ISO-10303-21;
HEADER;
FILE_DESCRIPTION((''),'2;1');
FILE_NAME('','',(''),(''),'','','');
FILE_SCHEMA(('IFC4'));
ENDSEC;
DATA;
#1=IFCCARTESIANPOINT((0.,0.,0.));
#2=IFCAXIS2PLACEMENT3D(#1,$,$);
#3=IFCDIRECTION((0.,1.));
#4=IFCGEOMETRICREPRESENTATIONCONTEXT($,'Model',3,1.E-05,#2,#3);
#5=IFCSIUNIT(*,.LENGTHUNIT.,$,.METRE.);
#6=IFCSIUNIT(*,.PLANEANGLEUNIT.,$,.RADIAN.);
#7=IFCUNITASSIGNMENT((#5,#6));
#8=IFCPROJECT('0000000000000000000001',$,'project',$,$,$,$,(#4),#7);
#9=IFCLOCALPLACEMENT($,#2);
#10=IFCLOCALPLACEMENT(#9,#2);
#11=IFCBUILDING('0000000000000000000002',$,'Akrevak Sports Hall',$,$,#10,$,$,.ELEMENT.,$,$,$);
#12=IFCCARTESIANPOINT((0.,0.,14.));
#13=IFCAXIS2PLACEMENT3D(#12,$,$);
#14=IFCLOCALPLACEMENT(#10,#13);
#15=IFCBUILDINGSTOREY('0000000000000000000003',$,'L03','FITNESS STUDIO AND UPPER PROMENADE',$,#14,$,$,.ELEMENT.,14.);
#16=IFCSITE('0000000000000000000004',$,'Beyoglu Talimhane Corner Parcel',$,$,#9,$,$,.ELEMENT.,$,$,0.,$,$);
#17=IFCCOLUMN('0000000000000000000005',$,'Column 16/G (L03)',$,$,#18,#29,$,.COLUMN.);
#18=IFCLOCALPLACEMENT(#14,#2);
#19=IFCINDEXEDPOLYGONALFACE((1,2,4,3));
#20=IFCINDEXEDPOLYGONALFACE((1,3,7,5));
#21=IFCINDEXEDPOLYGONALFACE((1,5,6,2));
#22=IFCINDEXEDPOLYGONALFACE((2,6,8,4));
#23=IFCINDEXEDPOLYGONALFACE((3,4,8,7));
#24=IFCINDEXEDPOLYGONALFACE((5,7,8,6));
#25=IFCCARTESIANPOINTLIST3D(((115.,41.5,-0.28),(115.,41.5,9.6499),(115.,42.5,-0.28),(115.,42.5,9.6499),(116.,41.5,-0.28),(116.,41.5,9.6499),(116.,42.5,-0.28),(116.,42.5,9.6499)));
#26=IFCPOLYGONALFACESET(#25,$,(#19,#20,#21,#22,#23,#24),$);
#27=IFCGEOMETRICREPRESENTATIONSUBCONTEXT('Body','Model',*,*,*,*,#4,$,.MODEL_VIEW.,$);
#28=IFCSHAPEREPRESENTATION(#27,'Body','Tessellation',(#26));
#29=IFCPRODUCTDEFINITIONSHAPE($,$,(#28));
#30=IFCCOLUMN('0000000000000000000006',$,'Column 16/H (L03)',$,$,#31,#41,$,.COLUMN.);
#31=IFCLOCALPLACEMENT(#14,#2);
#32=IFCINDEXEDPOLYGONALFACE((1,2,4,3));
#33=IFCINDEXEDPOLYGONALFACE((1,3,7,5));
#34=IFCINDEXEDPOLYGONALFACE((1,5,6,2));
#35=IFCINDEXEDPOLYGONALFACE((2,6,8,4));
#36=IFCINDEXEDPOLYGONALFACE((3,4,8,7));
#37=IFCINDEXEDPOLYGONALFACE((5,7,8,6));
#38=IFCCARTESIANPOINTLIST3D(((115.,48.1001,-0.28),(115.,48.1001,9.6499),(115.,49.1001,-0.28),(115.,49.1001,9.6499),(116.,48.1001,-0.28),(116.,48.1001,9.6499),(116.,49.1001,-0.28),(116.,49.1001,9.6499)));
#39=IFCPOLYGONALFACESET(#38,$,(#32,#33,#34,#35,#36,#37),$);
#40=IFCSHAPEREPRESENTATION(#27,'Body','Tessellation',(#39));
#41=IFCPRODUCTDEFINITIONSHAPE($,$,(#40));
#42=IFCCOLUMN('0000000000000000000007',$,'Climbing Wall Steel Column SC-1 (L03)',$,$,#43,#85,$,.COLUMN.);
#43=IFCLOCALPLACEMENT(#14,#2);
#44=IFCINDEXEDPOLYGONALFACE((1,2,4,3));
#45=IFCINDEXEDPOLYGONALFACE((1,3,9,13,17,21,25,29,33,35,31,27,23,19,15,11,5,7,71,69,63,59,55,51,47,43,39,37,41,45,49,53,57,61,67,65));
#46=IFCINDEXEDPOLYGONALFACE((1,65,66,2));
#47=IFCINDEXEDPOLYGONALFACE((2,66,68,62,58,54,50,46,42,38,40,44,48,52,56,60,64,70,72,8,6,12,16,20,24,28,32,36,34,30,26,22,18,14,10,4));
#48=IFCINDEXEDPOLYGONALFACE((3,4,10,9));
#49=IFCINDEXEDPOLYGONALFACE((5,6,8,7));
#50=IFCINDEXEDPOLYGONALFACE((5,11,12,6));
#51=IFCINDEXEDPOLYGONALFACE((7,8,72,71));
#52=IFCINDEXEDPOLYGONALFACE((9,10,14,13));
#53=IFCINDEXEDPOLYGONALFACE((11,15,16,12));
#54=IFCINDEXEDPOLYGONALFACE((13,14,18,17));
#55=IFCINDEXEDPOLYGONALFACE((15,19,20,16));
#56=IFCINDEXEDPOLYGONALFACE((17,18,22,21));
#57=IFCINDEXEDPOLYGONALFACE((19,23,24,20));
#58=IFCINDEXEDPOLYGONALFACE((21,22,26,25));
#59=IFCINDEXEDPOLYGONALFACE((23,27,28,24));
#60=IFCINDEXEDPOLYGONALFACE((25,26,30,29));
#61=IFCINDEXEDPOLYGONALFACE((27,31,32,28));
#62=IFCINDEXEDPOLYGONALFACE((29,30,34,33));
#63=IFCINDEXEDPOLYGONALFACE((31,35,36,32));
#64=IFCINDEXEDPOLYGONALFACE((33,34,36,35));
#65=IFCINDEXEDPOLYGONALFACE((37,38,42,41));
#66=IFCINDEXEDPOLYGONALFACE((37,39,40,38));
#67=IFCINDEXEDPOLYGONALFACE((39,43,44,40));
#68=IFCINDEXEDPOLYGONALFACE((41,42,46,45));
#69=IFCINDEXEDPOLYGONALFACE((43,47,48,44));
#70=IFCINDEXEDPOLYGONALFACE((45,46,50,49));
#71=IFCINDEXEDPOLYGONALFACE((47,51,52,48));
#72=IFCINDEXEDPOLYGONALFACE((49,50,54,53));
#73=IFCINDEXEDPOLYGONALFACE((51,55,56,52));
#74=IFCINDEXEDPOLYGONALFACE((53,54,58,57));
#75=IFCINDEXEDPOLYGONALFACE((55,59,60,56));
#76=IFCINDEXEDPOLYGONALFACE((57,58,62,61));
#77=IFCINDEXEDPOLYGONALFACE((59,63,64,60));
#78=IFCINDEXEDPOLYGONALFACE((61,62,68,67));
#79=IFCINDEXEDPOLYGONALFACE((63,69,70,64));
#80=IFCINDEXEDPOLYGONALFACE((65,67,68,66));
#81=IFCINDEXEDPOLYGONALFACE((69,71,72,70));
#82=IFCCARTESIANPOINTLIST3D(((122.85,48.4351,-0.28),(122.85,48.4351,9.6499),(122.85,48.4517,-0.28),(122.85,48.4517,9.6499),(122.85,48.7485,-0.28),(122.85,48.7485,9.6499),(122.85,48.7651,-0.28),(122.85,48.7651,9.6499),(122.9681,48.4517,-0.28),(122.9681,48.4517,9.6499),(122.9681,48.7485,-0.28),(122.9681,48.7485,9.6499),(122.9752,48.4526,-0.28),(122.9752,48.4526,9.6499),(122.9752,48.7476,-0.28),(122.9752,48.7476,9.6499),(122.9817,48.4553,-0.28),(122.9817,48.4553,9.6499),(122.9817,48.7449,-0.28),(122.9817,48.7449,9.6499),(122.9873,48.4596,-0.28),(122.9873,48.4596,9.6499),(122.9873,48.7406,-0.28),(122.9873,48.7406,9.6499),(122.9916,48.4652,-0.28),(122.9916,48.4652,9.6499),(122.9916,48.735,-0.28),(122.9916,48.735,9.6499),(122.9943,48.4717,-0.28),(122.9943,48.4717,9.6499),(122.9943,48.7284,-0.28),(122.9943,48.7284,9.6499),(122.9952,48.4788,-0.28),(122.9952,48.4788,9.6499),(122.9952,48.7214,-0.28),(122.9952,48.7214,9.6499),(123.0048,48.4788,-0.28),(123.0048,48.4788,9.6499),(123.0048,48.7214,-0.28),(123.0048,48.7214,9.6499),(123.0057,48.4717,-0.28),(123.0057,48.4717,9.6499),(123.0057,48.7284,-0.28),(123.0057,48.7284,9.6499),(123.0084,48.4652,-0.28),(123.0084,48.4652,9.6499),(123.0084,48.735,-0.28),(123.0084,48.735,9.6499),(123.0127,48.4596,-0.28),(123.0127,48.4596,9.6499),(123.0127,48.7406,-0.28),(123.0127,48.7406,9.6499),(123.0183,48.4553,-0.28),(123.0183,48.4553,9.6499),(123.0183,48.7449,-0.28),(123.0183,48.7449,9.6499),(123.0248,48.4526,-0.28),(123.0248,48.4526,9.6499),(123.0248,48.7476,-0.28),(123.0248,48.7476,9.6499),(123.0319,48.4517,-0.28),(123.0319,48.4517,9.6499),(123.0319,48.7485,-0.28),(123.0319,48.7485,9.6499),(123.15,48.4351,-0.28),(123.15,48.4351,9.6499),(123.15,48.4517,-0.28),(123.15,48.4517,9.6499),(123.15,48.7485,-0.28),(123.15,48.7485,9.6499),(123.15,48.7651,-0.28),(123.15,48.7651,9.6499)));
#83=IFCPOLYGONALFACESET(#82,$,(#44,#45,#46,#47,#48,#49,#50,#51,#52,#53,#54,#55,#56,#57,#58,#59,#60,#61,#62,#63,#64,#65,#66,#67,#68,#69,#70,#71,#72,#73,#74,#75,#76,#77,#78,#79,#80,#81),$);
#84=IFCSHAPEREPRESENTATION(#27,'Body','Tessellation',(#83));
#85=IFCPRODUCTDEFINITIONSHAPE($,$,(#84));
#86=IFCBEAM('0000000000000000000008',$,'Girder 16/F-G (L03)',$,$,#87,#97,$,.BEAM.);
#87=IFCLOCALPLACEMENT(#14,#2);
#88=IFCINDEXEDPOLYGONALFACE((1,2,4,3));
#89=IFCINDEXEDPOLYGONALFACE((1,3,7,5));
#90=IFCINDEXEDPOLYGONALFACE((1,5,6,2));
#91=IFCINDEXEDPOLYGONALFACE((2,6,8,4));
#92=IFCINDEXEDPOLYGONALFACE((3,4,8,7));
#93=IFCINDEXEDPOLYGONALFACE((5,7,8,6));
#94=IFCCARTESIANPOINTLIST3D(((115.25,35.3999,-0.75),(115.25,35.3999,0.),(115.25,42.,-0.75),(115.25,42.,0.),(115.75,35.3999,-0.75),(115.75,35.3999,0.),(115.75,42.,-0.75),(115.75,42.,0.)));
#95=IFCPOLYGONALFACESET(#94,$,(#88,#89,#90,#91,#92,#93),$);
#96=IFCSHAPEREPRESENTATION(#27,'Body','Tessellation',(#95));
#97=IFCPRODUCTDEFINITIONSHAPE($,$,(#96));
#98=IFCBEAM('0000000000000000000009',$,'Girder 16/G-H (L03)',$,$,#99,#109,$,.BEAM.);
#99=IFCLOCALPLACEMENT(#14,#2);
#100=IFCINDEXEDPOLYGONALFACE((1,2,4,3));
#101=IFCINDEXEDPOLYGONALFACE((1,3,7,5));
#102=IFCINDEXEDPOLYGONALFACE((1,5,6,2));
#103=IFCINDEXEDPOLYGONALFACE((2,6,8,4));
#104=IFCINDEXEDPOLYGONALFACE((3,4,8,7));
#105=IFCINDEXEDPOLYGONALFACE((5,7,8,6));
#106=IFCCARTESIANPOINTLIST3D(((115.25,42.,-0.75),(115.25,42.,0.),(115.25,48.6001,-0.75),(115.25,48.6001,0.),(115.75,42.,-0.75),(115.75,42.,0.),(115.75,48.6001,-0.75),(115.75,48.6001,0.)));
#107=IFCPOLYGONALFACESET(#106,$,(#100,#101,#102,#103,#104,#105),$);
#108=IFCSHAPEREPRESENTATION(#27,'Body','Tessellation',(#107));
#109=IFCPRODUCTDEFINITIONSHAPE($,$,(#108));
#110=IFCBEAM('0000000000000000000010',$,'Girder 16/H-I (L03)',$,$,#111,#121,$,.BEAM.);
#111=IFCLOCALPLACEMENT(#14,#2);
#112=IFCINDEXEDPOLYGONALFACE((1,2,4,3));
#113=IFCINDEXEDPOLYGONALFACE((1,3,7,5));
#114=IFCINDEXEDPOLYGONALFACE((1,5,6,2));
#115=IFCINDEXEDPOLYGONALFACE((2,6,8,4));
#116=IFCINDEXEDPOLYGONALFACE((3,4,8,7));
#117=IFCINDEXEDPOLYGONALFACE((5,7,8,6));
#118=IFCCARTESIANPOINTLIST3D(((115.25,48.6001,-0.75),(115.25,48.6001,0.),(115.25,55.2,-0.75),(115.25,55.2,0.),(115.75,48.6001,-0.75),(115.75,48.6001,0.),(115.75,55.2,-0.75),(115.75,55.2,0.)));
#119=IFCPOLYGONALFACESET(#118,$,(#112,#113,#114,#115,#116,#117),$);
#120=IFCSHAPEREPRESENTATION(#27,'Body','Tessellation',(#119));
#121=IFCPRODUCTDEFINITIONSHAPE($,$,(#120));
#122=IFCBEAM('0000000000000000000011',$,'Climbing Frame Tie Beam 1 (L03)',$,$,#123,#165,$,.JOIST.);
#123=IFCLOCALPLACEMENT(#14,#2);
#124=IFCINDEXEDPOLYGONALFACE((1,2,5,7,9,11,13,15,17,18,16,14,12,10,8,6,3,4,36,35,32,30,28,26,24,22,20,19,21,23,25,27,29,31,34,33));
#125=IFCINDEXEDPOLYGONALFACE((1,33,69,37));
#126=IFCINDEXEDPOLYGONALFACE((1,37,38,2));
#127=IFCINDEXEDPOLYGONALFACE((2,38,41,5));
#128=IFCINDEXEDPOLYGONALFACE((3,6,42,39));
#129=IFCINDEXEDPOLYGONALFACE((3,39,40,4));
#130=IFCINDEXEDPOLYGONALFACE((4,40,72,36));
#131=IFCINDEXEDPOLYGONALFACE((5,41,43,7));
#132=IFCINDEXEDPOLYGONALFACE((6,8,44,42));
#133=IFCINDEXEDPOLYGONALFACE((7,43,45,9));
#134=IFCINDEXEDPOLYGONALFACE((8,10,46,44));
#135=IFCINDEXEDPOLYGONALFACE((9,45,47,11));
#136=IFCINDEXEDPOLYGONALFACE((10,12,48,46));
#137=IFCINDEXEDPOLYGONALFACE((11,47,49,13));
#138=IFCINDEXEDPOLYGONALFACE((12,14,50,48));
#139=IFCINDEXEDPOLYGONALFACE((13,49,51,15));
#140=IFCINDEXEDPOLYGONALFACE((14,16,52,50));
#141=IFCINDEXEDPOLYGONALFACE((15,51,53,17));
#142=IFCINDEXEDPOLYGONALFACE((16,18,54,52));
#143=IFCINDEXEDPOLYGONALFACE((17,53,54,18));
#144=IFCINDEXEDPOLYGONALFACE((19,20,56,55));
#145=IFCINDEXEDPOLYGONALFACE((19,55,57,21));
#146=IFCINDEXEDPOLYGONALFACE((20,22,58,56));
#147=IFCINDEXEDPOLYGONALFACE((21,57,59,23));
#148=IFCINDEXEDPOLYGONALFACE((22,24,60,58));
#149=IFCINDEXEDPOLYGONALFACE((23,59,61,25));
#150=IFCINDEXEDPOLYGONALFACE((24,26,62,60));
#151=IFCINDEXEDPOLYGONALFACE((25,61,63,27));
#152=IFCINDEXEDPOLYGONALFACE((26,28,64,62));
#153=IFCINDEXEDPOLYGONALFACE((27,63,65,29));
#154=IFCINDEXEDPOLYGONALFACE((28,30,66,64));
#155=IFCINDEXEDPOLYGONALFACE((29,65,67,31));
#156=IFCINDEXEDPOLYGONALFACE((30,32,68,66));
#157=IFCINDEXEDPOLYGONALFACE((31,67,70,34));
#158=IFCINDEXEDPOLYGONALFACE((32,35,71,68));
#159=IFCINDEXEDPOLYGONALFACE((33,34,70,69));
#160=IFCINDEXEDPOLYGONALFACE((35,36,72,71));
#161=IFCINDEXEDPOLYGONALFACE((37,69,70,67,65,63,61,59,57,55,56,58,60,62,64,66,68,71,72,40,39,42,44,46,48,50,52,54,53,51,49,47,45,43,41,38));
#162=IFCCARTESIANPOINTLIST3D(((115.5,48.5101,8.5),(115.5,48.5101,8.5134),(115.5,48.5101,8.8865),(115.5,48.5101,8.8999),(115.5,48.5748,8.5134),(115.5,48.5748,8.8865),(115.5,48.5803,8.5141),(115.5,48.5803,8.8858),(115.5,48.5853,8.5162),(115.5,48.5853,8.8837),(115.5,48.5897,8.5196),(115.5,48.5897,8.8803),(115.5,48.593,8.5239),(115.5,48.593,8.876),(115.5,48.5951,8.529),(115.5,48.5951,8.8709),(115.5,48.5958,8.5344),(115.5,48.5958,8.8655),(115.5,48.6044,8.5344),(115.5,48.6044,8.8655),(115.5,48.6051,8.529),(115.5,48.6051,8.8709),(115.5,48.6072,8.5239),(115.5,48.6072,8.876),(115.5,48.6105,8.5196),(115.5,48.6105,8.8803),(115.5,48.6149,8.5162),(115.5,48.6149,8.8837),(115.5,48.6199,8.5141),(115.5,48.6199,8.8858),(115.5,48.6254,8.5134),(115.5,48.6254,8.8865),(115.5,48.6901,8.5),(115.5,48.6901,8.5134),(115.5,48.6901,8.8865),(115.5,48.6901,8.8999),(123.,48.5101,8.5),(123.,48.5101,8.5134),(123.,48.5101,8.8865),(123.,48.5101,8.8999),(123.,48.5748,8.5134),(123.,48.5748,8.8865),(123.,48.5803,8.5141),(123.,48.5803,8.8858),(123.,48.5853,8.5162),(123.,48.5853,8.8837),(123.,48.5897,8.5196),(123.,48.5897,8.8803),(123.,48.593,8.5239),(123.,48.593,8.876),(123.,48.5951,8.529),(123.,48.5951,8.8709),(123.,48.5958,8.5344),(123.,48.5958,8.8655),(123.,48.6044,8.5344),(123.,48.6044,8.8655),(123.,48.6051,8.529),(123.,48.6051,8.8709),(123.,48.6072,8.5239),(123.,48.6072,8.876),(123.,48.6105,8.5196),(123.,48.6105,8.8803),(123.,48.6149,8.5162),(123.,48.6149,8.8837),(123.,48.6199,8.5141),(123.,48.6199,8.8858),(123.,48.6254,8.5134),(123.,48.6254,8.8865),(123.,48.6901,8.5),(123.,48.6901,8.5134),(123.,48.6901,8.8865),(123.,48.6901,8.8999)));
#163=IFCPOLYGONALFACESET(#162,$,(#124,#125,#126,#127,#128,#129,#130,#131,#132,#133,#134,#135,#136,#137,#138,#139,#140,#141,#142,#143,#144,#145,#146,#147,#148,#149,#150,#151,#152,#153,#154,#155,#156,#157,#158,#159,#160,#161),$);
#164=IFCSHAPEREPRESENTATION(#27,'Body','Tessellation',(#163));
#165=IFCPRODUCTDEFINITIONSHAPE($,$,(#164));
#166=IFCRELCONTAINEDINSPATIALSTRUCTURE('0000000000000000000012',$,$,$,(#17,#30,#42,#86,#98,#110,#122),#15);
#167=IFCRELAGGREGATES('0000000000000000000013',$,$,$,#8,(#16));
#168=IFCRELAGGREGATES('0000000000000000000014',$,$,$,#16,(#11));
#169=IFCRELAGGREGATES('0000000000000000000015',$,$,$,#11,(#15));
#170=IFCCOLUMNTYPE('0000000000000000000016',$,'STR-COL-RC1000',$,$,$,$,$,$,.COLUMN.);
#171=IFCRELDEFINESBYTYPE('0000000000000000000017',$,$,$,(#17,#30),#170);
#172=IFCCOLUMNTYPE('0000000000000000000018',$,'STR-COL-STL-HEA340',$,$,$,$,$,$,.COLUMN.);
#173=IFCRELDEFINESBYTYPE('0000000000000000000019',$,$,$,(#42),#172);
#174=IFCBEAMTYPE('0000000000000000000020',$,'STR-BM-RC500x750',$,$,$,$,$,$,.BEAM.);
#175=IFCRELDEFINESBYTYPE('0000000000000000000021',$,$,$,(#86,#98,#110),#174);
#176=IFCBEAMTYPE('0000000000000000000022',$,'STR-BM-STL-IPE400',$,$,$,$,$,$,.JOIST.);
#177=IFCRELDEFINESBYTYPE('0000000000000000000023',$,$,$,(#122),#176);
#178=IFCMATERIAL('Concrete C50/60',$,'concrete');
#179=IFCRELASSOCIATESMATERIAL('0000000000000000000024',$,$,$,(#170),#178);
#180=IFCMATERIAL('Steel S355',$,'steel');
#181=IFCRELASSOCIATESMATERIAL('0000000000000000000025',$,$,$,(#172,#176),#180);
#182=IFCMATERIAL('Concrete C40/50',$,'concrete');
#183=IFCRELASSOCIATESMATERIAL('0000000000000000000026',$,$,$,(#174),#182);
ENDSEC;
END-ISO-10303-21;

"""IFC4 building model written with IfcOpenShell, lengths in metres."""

from ifc_helpers import new_model, si_unit, direction, frame, origin, origin_2d, place, context, subcontext, project, spatial, rectangle, i_section, extrude, material, material_profile, profile_set, type_object, element, save


model = new_model("IFC4")

# Units and contexts
model_context = context("Model", 3, precision=1e-05, world=origin(), true_north=direction((0.0, 1.0)))
body_context = subcontext(model_context, "Body", "Model", "MODEL_VIEW")
ifc_project = project(units=[si_unit("LENGTHUNIT", "METRE"), si_unit("PLANEANGLEUNIT", "RADIAN")], contexts=[model_context])

# Site, building, storey
site_placement = place(None, origin())
site = spatial("IfcSite", under=ifc_project, at=site_placement, Name="Beyoglu Talimhane Corner Parcel", CompositionType="ELEMENT", RefElevation=0.0)
building_placement = place(site_placement, origin())
building = spatial("IfcBuilding", under=site, at=building_placement, Name="Akrevak Sports Hall", CompositionType="ELEMENT")
storey_placement = place(building_placement, frame((0.0, 0.0, 14.0)))
storey = spatial("IfcBuildingStorey", under=building, at=storey_placement, Name="L03", Description="FITNESS STUDIO AND UPPER PROMENADE", CompositionType="ELEMENT", Elevation=14.0)

# Columns
ifc_material_1 = material(Name="Concrete C50/60", Category="concrete")
ifc_material_profile_1 = material_profile(ifc_material_1, rectangle(XDim=1.0, YDim=1.0, at=origin_2d()), Name="RC 1000x1000", Category="concrete")
ifc_profile_set_1 = profile_set([ifc_material_profile_1], Name="Concrete C50/60")
column_type_1 = type_object("IfcColumnType", Name="STR-COL-RC1000", PredefinedType="COLUMN", material=ifc_profile_set_1)
for number, where, z_axis, x_axis, name in (
    (1, (115.5, 42.0, -0.28), (0.0, 0.0, 1.0), (1.0, 0.0, 0.0), "Column 16/G (L03)"),
    (2, (115.5, 48.6001, -0.28), (0.0, 0.0, 1.0), (1.0, 0.0, 0.0), "Column 16/H (L03)"),
):
    element("IfcColumn", number, at=place(storey_placement, frame(where, z_axis=z_axis, x_axis=x_axis)), inside=storey, type_object=column_type_1, Name=name, PredefinedType="COLUMN", context=body_context, shape_type="SweptSolid", body=[
        extrude(rectangle(XDim=1.0, YDim=1.0, at=origin_2d()), origin(), (0.0, 0.0, 1.0), 9.9299),
    ])
ifc_material_2 = material(Name="Steel S355", Category="steel")
ifc_material_profile_2 = material_profile(ifc_material_2, i_section(OverallWidth=0.3, OverallDepth=0.3301, WebThickness=0.0095, FlangeThickness=0.0166, FilletRadius=0.0271, at=origin_2d()), Name="HEA 340", Category="steel")
ifc_profile_set_2 = profile_set([ifc_material_profile_2], Name="Steel S355")
column_type_2 = type_object("IfcColumnType", Name="STR-COL-STL-HEA340", PredefinedType="COLUMN", material=ifc_profile_set_2)
column_placement = place(storey_placement, frame((123.0, 48.6001, -0.28), z_axis=(0.0, 0.0, 1.0), x_axis=(1.0, 0.0, 0.0)))
element("IfcColumn", 3, at=column_placement, inside=storey, type_object=column_type_2, Name="Climbing Wall Steel Column SC-1 (L03)", PredefinedType="COLUMN", context=body_context, shape_type="SweptSolid", body=[
    extrude(i_section(OverallWidth=0.3, OverallDepth=0.3301, WebThickness=0.0095, FlangeThickness=0.0166, FilletRadius=0.0271, at=origin_2d()), origin(), (0.0, 0.0, 1.0), 9.9299),
])

# Beams
ifc_material_3 = material(Name="Concrete C40/50", Category="concrete")
ifc_material_profile_3 = material_profile(ifc_material_3, rectangle(XDim=0.5, YDim=0.75, at=origin_2d()), Name="BM 500x750", Category="concrete")
ifc_profile_set_3 = profile_set([ifc_material_profile_3], Name="Concrete C40/50")
beam_type_1 = type_object("IfcBeamType", Name="STR-BM-RC500x750", PredefinedType="BEAM", material=ifc_profile_set_3)
for number, where, z_axis, x_axis, name in (
    (4, (115.5, 35.3999, -0.375), (0.0, 1.0, 0.0), (-1.0, 0.0, 0.0), "Girder 16/F-G (L03)"),
    (5, (115.5, 42.0, -0.375), (0.0, 1.0, 0.0), (-1.0, 0.0, 0.0), "Girder 16/G-H (L03)"),
):
    element("IfcBeam", number, at=place(storey_placement, frame(where, z_axis=z_axis, x_axis=x_axis)), inside=storey, type_object=beam_type_1, Name=name, PredefinedType="BEAM", context=body_context, shape_type="SweptSolid", body=[
        extrude(rectangle(XDim=0.5, YDim=0.75, at=origin_2d()), origin(), (0.0, 0.0, 1.0), 6.6001),
    ])
beam_placement = place(storey_placement, frame((115.5, 48.6001, -0.375), z_axis=(0.0, 1.0, 0.0), x_axis=(-1.0, 0.0, 0.0)))
element("IfcBeam", 6, at=beam_placement, inside=storey, type_object=beam_type_1, Name="Girder 16/H-I (L03)", PredefinedType="BEAM", context=body_context, shape_type="SweptSolid", body=[
    extrude(rectangle(XDim=0.5, YDim=0.75, at=origin_2d()), origin(), (0.0, 0.0, 1.0), 6.5999),
])
ifc_material_profile_4 = material_profile(ifc_material_2, i_section(OverallWidth=0.1799, OverallDepth=0.3999, WebThickness=0.0085, FlangeThickness=0.0134, FilletRadius=0.021, at=origin_2d()), Name="IPE 400", Category="steel")
ifc_profile_set_4 = profile_set([ifc_material_profile_4], Name="Steel S355")
beam_type_2 = type_object("IfcBeamType", Name="STR-BM-STL-IPE400", PredefinedType="JOIST", material=ifc_profile_set_4)
for number, where, z_axis, x_axis, name in (
    (7, (115.5, 48.6001, 8.7), (1.0, 0.0, 0.0), (0.0, 1.0, 0.0), "Climbing Frame Tie Beam 1 (L03)"),
):
    element("IfcBeam", number, at=place(storey_placement, frame(where, z_axis=z_axis, x_axis=x_axis)), inside=storey, type_object=beam_type_2, Name=name, PredefinedType="JOIST", context=body_context, shape_type="SweptSolid", body=[
        extrude(i_section(OverallWidth=0.1799, OverallDepth=0.3999, WebThickness=0.0085, FlangeThickness=0.0134, FilletRadius=0.021, at=origin_2d()), origin(), (0.0, 0.0, 1.0), 7.5),
    ])

save(model, "model.ifc")
